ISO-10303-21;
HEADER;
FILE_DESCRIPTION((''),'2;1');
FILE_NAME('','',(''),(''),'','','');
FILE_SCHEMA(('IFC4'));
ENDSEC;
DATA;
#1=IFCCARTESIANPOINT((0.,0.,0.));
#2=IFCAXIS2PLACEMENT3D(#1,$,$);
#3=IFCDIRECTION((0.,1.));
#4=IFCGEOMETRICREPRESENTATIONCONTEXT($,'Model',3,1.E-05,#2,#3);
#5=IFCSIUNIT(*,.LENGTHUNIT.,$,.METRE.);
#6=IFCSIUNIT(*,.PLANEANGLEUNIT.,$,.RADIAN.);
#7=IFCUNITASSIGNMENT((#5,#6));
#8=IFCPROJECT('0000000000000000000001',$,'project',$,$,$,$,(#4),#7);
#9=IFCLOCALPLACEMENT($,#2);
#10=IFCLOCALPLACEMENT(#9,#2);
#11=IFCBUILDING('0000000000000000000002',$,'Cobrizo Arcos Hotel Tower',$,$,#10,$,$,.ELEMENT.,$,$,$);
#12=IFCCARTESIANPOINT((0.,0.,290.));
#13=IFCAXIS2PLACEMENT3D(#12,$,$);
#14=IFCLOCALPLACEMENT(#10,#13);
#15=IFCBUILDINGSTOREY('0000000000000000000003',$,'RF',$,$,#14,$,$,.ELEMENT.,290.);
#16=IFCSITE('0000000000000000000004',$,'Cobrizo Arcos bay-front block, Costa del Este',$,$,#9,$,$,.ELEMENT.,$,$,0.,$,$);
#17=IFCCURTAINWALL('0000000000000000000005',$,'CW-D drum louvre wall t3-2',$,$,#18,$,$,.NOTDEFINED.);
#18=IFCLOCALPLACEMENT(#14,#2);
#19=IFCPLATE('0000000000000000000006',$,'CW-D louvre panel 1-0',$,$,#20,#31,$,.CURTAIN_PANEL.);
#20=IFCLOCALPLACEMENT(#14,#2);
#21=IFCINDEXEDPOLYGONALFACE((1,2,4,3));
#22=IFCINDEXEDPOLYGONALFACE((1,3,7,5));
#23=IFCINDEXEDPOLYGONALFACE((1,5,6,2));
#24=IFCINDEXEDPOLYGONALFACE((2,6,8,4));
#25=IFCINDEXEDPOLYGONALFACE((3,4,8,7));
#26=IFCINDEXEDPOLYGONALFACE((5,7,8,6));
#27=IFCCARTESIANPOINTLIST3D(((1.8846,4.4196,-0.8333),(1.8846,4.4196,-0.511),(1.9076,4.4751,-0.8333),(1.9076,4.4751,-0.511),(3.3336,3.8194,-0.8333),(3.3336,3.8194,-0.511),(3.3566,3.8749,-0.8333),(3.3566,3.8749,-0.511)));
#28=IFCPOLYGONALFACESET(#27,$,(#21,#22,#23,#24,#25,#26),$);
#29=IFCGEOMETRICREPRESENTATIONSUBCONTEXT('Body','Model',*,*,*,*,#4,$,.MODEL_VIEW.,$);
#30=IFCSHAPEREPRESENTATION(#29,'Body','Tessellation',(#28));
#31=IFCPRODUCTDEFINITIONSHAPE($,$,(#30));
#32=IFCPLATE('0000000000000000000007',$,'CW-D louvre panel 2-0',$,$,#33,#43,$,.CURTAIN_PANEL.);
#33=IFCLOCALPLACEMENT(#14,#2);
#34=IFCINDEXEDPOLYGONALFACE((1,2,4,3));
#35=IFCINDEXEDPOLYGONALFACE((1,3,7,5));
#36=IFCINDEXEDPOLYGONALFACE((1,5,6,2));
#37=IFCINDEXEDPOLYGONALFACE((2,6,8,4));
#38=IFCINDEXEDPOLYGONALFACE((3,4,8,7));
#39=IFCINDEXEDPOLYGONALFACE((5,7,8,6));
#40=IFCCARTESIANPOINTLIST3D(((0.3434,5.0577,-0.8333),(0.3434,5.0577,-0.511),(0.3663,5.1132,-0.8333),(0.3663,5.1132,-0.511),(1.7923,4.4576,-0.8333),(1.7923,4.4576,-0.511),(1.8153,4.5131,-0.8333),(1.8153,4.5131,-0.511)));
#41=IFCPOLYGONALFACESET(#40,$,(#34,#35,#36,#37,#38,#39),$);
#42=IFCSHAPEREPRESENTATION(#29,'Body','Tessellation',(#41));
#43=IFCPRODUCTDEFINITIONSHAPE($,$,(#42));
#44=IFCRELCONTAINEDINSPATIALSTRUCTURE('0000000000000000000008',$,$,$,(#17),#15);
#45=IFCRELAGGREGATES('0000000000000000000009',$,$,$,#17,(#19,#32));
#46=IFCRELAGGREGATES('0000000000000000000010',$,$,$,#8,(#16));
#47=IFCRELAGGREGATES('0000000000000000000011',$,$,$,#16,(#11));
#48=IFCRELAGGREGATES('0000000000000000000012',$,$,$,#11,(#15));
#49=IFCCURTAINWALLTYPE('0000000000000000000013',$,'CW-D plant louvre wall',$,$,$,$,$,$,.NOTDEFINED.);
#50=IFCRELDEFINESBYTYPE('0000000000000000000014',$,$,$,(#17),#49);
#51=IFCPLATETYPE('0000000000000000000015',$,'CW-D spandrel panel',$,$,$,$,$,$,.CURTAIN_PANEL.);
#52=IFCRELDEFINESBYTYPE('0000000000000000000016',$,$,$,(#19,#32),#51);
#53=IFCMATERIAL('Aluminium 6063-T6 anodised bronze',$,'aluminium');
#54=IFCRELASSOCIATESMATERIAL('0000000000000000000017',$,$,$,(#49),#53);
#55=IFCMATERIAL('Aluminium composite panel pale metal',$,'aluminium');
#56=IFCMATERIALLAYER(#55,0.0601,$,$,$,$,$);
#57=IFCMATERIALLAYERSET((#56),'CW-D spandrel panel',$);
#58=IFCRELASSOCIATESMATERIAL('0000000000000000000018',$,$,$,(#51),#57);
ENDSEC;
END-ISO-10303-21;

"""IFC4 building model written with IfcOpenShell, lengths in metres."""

from ifc_helpers import new_model, si_unit, direction, frame, origin, origin_2d, place, context, subcontext, project, spatial, rectangle, extrude, material, layer, layer_set, type_object, element, aggregate, save


model = new_model("IFC4")

# Units and contexts
model_context = context("Model", 3, precision=1e-05, world=origin(), true_north=direction((0.0, 1.0)))
body_context = subcontext(model_context, "Body", "Model", "MODEL_VIEW")
ifc_project = project(units=[si_unit("LENGTHUNIT", "METRE"), si_unit("PLANEANGLEUNIT", "RADIAN")], contexts=[model_context])

# Site, building, storey
site_placement = place(None, origin())
site = spatial("IfcSite", under=ifc_project, at=site_placement, Name="Cobrizo Arcos bay-front block, Costa del Este", CompositionType="ELEMENT", RefElevation=0.0)
building_placement = place(site_placement, origin())
building = spatial("IfcBuilding", under=site, at=building_placement, Name="Cobrizo Arcos Hotel Tower", CompositionType="ELEMENT")
storey_placement = place(building_placement, frame((0.0, 0.0, 290.0)))
storey = spatial("IfcBuildingStorey", under=building, at=storey_placement, Name="RF", CompositionType="ELEMENT", Elevation=290.0)

# Curtain wall
ifc_material_1 = material(Name="Aluminium 6063-T6 anodised bronze", Category="aluminium")
curtain_wall_type = type_object("IfcCurtainWallType", Name="CW-D plant louvre wall", PredefinedType="NOTDEFINED", material=ifc_material_1)
curtain_wall_1_placement = place(storey_placement, origin())
curtain_wall_1 = element("IfcCurtainWall", 1, at=curtain_wall_1_placement, inside=storey, type_object=curtain_wall_type, Name="CW-D drum louvre wall t3-2", PredefinedType="NOTDEFINED")

# Plates
ifc_material_2 = material(Name="Aluminium composite panel pale metal", Category="aluminium")
ifc_layer_1 = layer(ifc_material_2, 0.0601)
ifc_layer_set_1 = layer_set([ifc_layer_1], Name="CW-D spandrel panel")
plate_type_1 = type_object("IfcPlateType", Name="CW-D spandrel panel", PredefinedType="CURTAIN_PANEL", material=ifc_layer_set_1)
plate_1_placement = place(storey_placement, frame((2.6206, 4.1472, -0.8333), z_axis=(0.0, 0.0, 1.0), x_axis=(-0.92388, 0.382683, 0.0)))
plate_1 = element("IfcPlate", 2, at=plate_1_placement, type_object=plate_type_1, Name="CW-D louvre panel 1-0", PredefinedType="CURTAIN_PANEL", context=body_context, shape_type="SweptSolid", body=[
    extrude(rectangle(XDim=1.5684, YDim=0.0601, at=origin_2d()), origin(), (0.0, 0.0, 1.0), 0.3223),
])
plate_2_placement = place(storey_placement, frame((1.0793, 4.7854, -0.8333), z_axis=(0.0, 0.0, 1.0), x_axis=(-0.92388, 0.382683, 0.0)))
plate_2 = element("IfcPlate", 3, at=plate_2_placement, type_object=plate_type_1, Name="CW-D louvre panel 2-0", PredefinedType="CURTAIN_PANEL", context=body_context, shape_type="SweptSolid", body=[
    extrude(rectangle(XDim=1.5684, YDim=0.0601, at=origin_2d()), origin(), (0.0, 0.0, 1.0), 0.3223),
])
aggregate(curtain_wall_1, [plate_1, plate_2])

save(model, "model.ifc")
